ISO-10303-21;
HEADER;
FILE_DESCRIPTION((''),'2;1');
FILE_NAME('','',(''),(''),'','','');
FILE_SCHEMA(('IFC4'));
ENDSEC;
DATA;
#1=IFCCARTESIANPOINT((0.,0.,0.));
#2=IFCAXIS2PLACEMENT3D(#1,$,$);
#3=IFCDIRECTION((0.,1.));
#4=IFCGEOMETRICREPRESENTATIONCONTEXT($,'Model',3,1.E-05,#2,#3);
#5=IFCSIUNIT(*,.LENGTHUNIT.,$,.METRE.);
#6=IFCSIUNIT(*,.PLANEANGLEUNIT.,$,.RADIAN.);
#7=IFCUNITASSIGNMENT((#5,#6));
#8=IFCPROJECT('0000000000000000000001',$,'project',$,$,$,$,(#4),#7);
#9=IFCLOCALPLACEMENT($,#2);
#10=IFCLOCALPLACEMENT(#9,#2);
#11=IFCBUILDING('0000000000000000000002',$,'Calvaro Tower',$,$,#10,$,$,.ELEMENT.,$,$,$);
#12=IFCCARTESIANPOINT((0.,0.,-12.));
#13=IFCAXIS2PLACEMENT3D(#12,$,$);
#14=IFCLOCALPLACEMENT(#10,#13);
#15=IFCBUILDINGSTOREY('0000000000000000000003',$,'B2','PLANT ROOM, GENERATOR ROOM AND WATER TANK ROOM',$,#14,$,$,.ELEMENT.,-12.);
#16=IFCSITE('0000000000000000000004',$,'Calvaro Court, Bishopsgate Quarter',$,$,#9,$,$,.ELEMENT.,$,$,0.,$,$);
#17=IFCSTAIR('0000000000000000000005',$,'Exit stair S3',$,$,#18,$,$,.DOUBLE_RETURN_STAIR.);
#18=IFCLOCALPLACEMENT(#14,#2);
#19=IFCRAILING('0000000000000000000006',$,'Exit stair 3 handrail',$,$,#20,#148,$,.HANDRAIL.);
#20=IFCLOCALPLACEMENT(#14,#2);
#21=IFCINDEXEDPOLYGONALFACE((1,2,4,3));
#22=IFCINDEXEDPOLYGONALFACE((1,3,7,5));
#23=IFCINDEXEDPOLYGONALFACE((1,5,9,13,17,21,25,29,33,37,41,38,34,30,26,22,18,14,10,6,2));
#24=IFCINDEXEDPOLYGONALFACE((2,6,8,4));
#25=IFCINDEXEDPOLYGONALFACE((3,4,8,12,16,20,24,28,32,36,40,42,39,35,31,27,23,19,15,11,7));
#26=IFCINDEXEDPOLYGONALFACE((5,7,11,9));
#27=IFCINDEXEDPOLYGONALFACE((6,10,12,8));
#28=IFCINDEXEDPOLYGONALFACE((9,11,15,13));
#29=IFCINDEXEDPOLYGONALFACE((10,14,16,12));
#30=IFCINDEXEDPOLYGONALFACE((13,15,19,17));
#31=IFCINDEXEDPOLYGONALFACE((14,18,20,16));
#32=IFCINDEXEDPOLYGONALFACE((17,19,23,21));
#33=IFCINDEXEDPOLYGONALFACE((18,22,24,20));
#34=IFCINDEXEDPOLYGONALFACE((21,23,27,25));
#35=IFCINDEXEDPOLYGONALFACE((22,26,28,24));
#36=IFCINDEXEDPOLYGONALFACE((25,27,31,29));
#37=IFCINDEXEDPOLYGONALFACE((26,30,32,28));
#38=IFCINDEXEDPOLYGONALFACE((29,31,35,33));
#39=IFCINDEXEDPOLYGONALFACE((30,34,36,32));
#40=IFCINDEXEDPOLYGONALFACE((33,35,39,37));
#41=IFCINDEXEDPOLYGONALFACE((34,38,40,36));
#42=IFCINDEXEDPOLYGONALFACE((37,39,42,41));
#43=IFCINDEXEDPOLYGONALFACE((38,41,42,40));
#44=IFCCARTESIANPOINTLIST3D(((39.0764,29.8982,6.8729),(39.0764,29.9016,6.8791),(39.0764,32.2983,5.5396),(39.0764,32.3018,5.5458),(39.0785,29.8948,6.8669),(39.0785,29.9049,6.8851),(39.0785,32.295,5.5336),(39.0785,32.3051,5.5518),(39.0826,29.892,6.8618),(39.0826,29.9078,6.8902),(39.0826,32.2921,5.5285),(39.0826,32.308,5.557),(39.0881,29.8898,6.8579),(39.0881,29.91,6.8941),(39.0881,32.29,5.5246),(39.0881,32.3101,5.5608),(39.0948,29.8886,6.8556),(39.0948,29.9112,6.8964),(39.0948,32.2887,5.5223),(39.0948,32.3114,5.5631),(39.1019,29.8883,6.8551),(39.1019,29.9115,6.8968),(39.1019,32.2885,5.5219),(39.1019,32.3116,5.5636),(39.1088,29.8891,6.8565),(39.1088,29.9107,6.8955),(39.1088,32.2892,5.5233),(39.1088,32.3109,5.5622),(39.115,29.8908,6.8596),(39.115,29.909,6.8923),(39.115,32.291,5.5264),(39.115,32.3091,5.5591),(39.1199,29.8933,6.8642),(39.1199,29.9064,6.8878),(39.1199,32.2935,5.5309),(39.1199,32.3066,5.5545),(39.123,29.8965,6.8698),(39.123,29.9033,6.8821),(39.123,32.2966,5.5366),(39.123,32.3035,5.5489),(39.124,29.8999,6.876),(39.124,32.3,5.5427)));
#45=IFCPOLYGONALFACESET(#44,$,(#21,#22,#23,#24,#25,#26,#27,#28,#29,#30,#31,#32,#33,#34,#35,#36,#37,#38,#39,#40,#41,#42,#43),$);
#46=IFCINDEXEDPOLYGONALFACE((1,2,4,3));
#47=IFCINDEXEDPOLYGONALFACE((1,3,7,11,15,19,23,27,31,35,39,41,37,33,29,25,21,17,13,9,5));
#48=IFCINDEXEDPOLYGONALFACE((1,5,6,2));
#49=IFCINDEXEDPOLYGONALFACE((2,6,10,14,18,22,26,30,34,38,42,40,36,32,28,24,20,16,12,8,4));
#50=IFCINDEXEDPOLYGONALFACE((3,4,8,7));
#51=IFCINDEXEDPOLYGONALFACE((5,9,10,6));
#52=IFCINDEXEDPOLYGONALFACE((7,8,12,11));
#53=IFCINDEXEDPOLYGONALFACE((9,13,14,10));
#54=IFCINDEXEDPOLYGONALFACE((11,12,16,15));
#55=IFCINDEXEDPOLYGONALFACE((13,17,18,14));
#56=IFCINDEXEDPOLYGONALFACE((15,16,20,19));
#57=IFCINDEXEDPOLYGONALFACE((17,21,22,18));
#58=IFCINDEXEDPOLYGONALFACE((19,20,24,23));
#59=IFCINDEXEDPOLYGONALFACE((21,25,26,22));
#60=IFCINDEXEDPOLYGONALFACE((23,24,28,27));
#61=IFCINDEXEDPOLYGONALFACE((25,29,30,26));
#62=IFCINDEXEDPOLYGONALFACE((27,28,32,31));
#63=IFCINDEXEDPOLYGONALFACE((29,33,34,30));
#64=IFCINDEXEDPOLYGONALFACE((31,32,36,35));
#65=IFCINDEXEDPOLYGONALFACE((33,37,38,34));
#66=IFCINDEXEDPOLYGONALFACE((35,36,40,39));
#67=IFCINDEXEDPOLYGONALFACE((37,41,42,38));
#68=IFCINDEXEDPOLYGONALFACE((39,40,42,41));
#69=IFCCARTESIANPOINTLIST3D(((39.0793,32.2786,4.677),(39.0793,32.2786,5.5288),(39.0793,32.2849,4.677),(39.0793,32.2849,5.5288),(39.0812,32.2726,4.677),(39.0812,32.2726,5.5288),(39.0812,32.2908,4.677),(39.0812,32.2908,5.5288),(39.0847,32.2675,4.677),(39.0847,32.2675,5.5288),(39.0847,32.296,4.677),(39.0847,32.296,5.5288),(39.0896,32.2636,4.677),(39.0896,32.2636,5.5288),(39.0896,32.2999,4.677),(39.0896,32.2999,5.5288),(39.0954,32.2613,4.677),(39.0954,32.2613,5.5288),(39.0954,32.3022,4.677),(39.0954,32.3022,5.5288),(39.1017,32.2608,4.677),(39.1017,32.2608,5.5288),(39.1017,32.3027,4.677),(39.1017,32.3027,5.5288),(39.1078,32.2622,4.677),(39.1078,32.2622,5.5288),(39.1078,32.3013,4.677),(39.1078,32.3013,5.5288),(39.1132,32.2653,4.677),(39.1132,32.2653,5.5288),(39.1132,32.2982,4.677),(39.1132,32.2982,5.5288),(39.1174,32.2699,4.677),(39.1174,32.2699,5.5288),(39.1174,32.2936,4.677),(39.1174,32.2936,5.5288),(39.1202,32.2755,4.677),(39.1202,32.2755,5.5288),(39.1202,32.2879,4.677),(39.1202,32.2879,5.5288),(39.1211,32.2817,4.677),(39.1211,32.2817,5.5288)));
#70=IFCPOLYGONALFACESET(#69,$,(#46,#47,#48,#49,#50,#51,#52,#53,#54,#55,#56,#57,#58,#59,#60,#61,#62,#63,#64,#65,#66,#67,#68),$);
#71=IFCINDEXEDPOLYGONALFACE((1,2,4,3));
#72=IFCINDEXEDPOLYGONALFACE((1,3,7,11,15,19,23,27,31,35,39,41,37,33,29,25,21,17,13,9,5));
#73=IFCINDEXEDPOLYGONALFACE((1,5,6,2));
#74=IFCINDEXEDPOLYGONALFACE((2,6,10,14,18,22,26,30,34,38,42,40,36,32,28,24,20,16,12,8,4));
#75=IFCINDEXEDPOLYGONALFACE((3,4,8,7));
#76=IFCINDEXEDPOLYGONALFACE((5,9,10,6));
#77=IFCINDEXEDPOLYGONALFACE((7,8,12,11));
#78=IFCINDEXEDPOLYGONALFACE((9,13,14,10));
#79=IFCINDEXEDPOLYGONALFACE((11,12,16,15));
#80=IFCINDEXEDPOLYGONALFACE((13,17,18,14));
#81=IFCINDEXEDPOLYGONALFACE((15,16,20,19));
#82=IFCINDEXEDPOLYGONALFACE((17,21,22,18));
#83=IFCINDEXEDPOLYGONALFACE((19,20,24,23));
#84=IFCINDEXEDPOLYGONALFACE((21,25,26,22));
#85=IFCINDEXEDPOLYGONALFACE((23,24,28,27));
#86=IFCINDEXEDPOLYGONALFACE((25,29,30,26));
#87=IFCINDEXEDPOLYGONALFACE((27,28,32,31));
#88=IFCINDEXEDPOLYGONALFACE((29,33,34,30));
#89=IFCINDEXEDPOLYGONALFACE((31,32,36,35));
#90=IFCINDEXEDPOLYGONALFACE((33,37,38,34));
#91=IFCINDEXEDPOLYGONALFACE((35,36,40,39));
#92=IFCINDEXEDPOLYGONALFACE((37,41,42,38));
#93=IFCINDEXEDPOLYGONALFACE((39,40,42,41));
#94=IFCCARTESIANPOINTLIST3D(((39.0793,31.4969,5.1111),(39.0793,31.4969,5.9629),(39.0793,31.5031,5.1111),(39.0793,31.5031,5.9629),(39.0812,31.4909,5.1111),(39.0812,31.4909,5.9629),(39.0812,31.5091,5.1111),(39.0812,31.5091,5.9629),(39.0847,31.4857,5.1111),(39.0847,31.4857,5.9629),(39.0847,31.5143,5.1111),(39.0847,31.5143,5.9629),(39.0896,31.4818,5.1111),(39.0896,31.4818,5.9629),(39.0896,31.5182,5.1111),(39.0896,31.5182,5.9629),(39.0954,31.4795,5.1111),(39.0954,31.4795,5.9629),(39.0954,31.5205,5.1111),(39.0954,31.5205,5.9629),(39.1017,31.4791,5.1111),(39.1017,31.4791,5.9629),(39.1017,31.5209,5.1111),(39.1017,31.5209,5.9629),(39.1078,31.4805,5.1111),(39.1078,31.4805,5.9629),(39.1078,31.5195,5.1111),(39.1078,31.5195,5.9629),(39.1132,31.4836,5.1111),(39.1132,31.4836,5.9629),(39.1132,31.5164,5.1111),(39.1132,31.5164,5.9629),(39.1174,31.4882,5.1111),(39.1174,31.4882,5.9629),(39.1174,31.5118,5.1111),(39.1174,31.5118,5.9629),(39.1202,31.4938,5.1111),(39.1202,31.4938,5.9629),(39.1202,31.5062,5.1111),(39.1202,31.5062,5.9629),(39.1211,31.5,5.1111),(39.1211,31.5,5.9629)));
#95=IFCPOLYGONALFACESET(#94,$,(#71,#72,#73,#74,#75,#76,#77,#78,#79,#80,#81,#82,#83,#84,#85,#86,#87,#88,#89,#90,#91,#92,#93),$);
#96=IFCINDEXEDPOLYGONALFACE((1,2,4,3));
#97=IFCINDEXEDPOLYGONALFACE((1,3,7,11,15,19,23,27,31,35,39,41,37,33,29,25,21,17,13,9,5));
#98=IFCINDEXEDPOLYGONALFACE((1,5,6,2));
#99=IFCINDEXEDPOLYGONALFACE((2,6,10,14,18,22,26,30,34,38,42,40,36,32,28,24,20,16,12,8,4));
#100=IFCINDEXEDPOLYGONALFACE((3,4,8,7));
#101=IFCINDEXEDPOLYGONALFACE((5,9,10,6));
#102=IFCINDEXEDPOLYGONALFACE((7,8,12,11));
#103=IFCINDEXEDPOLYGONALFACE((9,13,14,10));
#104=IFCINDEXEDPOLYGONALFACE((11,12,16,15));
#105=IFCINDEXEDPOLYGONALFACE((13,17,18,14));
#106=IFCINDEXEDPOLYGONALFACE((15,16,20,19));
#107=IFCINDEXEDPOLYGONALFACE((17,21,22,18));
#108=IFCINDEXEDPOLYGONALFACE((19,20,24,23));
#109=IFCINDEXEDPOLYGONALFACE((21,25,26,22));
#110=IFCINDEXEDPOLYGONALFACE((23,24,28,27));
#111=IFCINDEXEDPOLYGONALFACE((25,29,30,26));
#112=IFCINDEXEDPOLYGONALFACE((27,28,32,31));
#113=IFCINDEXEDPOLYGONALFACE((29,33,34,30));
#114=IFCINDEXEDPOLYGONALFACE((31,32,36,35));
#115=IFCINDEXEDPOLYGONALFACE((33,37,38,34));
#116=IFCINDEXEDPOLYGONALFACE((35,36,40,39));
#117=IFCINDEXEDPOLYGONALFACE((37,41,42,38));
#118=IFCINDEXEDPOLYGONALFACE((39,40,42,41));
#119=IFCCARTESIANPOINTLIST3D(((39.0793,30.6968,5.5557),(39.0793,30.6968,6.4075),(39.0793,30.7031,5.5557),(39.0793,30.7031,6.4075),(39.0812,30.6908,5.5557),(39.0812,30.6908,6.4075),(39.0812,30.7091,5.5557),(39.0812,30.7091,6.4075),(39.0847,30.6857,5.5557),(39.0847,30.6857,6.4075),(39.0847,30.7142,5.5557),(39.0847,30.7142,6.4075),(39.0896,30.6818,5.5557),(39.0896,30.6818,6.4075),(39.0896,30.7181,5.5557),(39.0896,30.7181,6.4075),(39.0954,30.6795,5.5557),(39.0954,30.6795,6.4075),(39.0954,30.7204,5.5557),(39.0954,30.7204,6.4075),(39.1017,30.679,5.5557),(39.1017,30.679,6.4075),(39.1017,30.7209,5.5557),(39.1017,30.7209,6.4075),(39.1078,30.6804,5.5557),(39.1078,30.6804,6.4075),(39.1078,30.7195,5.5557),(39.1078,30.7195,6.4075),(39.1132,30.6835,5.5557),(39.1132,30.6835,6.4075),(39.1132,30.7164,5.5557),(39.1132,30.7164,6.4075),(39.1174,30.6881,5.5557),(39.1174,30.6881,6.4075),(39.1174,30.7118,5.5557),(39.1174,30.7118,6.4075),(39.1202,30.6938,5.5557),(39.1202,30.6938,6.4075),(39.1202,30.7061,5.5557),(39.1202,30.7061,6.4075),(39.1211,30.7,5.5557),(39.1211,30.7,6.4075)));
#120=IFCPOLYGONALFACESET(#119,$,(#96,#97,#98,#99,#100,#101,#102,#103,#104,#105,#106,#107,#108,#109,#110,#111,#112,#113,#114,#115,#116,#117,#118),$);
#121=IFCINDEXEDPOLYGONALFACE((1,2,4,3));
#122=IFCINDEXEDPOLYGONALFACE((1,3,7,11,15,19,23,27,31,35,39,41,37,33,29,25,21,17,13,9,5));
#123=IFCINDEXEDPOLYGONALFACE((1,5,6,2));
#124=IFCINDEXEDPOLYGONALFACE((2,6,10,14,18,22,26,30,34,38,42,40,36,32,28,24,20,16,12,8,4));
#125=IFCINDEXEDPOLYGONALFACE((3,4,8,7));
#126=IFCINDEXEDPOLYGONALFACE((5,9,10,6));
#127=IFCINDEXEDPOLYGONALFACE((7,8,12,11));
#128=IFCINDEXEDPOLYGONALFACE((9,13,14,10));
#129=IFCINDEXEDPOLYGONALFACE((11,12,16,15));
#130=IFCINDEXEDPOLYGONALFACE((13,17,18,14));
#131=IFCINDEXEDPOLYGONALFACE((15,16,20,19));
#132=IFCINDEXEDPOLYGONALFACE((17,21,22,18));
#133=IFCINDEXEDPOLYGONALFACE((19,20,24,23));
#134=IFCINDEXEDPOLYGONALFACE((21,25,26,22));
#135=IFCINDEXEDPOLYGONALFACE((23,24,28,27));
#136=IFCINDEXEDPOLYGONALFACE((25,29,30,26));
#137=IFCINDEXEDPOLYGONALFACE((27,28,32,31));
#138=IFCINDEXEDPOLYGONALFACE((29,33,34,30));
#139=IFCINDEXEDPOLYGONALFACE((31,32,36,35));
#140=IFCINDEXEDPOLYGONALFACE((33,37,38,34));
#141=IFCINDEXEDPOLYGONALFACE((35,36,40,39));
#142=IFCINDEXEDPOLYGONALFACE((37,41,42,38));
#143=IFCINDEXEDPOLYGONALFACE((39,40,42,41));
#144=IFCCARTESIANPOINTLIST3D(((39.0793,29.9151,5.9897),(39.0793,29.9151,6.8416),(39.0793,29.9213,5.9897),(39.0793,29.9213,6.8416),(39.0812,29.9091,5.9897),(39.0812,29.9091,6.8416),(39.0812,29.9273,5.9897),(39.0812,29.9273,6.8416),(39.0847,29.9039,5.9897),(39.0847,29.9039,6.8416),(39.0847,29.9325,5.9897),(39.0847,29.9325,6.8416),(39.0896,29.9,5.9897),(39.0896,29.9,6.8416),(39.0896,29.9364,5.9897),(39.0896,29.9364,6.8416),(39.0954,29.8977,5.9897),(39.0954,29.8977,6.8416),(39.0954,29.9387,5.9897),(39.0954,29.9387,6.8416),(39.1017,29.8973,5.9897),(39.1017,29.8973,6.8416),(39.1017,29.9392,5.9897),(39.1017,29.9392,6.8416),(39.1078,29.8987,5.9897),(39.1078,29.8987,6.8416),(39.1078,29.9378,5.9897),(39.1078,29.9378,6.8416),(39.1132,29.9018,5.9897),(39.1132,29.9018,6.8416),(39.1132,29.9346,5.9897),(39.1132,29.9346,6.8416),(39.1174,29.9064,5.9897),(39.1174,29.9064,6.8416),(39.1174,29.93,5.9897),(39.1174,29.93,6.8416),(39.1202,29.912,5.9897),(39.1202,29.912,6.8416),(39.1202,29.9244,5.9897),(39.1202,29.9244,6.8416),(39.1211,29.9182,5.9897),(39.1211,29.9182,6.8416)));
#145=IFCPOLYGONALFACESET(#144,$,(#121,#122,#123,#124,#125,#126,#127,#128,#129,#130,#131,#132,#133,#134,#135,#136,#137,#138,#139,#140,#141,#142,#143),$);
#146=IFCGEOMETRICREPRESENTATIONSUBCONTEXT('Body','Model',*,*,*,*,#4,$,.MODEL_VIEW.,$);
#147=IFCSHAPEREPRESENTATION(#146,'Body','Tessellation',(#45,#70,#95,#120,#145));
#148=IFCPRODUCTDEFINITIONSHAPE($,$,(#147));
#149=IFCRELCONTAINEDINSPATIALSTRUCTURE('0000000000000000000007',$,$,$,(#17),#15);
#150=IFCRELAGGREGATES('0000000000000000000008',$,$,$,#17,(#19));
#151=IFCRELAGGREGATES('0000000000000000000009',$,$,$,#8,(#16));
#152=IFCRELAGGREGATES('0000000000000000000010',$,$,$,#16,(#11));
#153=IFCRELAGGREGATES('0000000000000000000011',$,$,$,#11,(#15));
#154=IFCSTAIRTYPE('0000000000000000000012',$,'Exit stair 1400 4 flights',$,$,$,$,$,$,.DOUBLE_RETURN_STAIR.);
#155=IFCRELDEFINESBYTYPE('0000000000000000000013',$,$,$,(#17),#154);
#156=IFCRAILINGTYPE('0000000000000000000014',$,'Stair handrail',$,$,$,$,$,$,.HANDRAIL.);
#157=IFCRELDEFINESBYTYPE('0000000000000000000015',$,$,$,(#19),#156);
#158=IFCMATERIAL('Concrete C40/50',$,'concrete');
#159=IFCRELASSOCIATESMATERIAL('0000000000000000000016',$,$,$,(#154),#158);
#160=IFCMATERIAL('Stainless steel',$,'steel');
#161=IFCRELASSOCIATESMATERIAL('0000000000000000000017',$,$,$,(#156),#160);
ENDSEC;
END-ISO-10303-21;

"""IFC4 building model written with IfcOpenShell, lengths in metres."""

from ifc_helpers import new_model, si_unit, direction, frame, origin, origin_2d, place, context, subcontext, project, spatial, circle, extrude, material, type_object, element, aggregate, save


model = new_model("IFC4")

# Units and contexts
model_context = context("Model", 3, precision=1e-05, world=origin(), true_north=direction((0.0, 1.0)))
body_context = subcontext(model_context, "Body", "Model", "MODEL_VIEW")
ifc_project = project(units=[si_unit("LENGTHUNIT", "METRE"), si_unit("PLANEANGLEUNIT", "RADIAN")], contexts=[model_context])

# Site, building, storey
site_placement = place(None, origin())
site = spatial("IfcSite", under=ifc_project, at=site_placement, Name="Calvaro Court, Bishopsgate Quarter", CompositionType="ELEMENT", RefElevation=0.0)
building_placement = place(site_placement, origin())
building = spatial("IfcBuilding", under=site, at=building_placement, Name="Calvaro Tower", CompositionType="ELEMENT")
storey_placement = place(building_placement, frame((0.0, 0.0, -12.0)))
storey = spatial("IfcBuildingStorey", under=building, at=storey_placement, Name="B2", Description="PLANT ROOM, GENERATOR ROOM AND WATER TANK ROOM", CompositionType="ELEMENT", Elevation=-12.0)

# Stair, railing
ifc_material_1 = material(Name="Concrete C40/50", Category="concrete")
stair_type = type_object("IfcStairType", Name="Exit stair 1400 4 flights", PredefinedType="DOUBLE_RETURN_STAIR", material=ifc_material_1)
stair_placement = place(storey_placement, origin())
stair = element("IfcStair", 1, at=stair_placement, inside=storey, type_object=stair_type, Name="Exit stair S3", PredefinedType="DOUBLE_RETURN_STAIR")
ifc_material_2 = material(Name="Stainless steel", Category="steel")
railing_type = type_object("IfcRailingType", Name="Stair handrail", PredefinedType="HANDRAIL", material=ifc_material_2)
railing_1_placement = place(storey_placement, frame((39.1001, 32.3, 4.6667)))
railing_1 = element("IfcRailing", 2, at=railing_1_placement, type_object=railing_type, Name="Exit stair 3 handrail", PredefinedType="HANDRAIL", context=body_context, shape_type="SweptSolid", body=[
    extrude(circle(Radius=0.0239, at=origin_2d()), frame((0.0, 0.0, 0.876), z_axis=(0.0, -0.874182, 0.485598), x_axis=(1.0, 0.0, 0.0)), (0.0, 0.0, 1.0), 2.7456),
    extrude(circle(Radius=0.021, at=origin_2d()), frame((0.0, -0.0183, 0.0103)), (0.0, 0.0, 1.0), 0.8518),
    extrude(circle(Radius=0.021, at=origin_2d()), frame((0.0, -0.8, 0.4443)), (0.0, 0.0, 1.0), 0.8518),
    extrude(circle(Radius=0.021, at=origin_2d()), frame((0.0, -1.6001, 0.8889)), (0.0, 0.0, 1.0), 0.8518),
    extrude(circle(Radius=0.021, at=origin_2d()), frame((0.0, -2.3818, 1.323)), (0.0, 0.0, 1.0), 0.8518),
])
aggregate(stair, [railing_1])

save(model, "model.ifc")
